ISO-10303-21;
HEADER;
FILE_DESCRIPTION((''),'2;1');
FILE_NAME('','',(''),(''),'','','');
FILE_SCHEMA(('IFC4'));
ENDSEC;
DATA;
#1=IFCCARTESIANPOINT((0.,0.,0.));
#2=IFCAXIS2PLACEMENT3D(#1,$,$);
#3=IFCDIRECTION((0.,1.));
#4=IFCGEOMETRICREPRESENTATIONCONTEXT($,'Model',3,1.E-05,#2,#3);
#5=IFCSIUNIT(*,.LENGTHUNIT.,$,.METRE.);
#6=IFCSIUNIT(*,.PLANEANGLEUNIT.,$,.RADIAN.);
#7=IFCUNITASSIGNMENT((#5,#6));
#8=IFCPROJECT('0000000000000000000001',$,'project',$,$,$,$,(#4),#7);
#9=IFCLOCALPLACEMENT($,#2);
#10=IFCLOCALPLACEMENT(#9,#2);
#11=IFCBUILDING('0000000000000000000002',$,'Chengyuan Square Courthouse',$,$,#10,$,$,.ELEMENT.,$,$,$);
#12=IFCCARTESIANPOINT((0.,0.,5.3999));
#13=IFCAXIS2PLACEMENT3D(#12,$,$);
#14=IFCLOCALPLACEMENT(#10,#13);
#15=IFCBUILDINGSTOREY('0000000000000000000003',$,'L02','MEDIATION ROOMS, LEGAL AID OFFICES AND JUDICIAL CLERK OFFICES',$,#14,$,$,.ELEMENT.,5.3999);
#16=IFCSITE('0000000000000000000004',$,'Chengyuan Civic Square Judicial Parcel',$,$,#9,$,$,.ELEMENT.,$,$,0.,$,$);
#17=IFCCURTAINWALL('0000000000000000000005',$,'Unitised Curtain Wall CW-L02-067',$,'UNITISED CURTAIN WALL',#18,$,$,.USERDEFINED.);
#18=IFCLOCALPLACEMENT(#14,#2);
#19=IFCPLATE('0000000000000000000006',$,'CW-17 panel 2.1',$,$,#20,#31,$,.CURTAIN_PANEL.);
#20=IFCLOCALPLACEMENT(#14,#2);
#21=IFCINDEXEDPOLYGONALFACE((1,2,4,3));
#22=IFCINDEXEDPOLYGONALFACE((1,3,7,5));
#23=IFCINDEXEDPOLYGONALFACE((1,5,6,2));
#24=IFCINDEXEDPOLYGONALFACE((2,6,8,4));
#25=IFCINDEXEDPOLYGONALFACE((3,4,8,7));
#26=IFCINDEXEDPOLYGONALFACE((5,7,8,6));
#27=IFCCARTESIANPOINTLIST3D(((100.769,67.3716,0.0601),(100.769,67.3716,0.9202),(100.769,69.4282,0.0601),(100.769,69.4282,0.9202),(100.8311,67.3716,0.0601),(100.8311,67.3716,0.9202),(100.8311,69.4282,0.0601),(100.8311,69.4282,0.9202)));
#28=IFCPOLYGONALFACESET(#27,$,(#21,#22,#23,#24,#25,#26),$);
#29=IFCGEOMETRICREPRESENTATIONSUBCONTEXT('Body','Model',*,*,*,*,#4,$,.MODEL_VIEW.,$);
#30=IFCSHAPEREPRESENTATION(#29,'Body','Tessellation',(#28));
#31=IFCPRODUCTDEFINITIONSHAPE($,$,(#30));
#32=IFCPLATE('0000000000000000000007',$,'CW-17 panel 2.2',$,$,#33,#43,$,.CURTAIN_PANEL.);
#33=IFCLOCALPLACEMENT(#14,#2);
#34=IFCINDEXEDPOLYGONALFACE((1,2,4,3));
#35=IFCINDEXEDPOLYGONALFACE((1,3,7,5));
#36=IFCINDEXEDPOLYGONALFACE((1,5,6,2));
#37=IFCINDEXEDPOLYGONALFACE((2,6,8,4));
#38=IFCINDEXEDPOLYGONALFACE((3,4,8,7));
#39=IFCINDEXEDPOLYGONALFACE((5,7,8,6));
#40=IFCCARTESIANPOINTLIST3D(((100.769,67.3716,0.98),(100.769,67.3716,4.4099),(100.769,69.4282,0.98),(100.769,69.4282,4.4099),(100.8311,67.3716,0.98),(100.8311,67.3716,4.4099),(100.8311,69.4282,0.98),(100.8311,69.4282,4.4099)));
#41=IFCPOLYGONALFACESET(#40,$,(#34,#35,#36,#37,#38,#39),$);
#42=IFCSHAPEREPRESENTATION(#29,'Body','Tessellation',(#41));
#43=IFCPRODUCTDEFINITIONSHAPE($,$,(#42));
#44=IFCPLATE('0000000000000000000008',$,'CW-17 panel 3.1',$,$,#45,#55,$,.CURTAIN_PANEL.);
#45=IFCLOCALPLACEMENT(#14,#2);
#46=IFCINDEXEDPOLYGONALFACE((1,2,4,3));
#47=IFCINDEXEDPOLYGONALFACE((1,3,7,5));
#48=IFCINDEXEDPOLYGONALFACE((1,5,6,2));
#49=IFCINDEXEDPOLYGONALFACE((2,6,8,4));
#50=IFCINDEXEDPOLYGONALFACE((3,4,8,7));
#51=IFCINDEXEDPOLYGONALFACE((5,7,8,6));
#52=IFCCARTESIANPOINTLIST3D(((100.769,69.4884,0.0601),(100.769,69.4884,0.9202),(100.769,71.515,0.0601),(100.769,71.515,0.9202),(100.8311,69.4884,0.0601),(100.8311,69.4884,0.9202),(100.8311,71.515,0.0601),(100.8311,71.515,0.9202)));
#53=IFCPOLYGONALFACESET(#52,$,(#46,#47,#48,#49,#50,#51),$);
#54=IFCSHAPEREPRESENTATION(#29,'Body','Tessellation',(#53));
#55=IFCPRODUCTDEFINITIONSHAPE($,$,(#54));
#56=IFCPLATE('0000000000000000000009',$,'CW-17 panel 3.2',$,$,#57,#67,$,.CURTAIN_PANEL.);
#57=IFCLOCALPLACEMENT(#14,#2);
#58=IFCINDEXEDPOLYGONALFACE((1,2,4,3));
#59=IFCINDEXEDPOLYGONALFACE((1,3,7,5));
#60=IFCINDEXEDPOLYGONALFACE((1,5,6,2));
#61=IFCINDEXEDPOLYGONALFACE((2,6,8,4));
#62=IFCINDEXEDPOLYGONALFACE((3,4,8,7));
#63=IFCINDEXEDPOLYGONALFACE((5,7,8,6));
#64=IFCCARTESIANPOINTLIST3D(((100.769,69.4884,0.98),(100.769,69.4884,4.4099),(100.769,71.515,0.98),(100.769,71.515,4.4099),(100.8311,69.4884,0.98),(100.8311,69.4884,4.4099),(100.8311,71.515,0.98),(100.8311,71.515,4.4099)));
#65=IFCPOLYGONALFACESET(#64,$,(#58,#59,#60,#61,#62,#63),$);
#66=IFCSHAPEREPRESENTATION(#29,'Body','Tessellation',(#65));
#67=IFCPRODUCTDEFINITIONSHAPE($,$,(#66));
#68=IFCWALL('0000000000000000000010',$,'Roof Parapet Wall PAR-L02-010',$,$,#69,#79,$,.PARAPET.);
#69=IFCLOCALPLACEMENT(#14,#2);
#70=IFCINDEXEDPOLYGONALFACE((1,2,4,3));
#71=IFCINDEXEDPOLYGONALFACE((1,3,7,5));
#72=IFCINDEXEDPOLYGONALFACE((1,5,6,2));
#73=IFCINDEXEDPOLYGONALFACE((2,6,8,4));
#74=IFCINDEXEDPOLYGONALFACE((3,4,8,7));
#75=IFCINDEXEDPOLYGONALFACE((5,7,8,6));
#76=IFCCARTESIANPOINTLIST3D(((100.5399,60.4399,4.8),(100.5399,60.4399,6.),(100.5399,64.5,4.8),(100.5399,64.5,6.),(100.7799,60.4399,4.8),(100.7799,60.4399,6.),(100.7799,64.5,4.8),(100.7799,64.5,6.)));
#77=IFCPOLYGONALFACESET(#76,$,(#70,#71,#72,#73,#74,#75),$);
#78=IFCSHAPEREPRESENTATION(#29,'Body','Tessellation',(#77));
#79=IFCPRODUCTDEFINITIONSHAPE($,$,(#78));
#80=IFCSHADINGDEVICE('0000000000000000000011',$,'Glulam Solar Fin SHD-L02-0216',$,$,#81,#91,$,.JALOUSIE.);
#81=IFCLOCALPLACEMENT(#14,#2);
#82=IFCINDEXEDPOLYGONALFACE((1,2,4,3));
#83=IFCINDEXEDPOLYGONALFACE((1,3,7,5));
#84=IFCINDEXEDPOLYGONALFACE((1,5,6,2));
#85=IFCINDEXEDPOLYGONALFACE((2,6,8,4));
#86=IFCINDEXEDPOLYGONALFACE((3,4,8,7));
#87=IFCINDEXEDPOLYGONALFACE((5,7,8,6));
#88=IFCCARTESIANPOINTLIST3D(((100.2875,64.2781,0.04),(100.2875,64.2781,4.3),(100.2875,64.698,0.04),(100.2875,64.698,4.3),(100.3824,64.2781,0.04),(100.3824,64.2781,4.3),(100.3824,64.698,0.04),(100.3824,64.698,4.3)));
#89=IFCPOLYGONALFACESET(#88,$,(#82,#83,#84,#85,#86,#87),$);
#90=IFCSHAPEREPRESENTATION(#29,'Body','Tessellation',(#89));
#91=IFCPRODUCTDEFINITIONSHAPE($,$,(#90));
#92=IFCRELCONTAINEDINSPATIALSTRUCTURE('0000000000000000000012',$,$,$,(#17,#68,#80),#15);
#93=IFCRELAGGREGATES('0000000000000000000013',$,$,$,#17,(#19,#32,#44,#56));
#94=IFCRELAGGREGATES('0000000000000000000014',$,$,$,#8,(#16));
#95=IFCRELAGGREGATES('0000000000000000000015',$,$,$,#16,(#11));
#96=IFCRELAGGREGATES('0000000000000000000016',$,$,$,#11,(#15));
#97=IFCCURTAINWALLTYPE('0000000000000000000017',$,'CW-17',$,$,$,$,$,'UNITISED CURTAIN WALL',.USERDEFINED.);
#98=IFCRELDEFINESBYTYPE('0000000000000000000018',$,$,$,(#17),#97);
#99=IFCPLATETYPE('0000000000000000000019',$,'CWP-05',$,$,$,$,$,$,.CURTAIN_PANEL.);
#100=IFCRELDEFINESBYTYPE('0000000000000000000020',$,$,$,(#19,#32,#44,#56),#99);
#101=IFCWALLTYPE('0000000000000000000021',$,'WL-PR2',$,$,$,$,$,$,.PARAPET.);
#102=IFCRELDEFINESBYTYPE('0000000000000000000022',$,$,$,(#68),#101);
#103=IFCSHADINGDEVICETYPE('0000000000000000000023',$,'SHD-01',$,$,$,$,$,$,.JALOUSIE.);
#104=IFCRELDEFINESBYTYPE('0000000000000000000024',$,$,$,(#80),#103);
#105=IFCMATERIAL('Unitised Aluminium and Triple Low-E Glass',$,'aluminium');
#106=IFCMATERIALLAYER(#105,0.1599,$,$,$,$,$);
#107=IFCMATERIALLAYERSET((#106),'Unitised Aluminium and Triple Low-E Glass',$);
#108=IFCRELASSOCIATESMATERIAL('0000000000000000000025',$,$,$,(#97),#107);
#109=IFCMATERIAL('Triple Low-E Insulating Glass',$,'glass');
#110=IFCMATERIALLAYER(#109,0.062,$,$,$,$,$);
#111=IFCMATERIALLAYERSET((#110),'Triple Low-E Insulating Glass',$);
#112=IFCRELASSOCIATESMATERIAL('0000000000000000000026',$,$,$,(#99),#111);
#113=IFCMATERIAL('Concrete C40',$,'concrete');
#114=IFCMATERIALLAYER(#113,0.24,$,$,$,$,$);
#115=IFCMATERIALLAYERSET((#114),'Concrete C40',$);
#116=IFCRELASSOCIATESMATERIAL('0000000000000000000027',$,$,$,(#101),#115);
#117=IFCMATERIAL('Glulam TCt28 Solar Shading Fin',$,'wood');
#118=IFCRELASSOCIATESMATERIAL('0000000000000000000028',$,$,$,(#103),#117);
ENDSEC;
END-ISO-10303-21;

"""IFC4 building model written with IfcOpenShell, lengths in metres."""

from ifc_helpers import new_model, si_unit, direction, frame, frame_2d, origin, origin_2d, place, context, subcontext, project, spatial, rectangle, extrude, material, layer, layer_set, type_object, element, aggregate, save


model = new_model("IFC4")

# Units and contexts
model_context = context("Model", 3, precision=1e-05, world=origin(), true_north=direction((0.0, 1.0)))
body_context = subcontext(model_context, "Body", "Model", "MODEL_VIEW")
ifc_project = project(units=[si_unit("LENGTHUNIT", "METRE"), si_unit("PLANEANGLEUNIT", "RADIAN")], contexts=[model_context])

# Site, building, storey
site_placement = place(None, origin())
site = spatial("IfcSite", under=ifc_project, at=site_placement, Name="Chengyuan Civic Square Judicial Parcel", CompositionType="ELEMENT", RefElevation=0.0)
building_placement = place(site_placement, origin())
building = spatial("IfcBuilding", under=site, at=building_placement, Name="Chengyuan Square Courthouse", CompositionType="ELEMENT")
storey_placement = place(building_placement, frame((0.0, 0.0, 5.3999)))
storey = spatial("IfcBuildingStorey", under=building, at=storey_placement, Name="L02", Description="MEDIATION ROOMS, LEGAL AID OFFICES AND JUDICIAL CLERK OFFICES", CompositionType="ELEMENT", Elevation=5.3999)

# Shared definitions
ifc_material_1 = material(Name="Concrete C40", Category="concrete")

# Curtain wall
ifc_material_2 = material(Name="Unitised Aluminium and Triple Low-E Glass", Category="aluminium")
ifc_layer_1 = layer(ifc_material_2, 0.1599)
ifc_layer_set_1 = layer_set([ifc_layer_1], Name="Unitised Aluminium and Triple Low-E Glass")
curtain_wall_type_1 = type_object("IfcCurtainWallType", Name="CW-17", ElementType="UNITISED CURTAIN WALL", PredefinedType="USERDEFINED", material=ifc_layer_set_1)
curtain_wall_1_placement = place(storey_placement, origin())
curtain_wall_1 = element("IfcCurtainWall", 1, at=curtain_wall_1_placement, inside=storey, type_object=curtain_wall_type_1, Name="Unitised Curtain Wall CW-L02-067", ObjectType="UNITISED CURTAIN WALL", PredefinedType="USERDEFINED")

# Plates
ifc_material_3 = material(Name="Triple Low-E Insulating Glass", Category="glass")
ifc_layer_2 = layer(ifc_material_3, 0.062)
ifc_layer_set_2 = layer_set([ifc_layer_2], Name="Triple Low-E Insulating Glass")
plate_type_1 = type_object("IfcPlateType", Name="CWP-05", PredefinedType="CURTAIN_PANEL", material=ifc_layer_set_2)
plate_1_placement = place(storey_placement, frame((100.8, 68.3999, 0.0601), z_axis=(0.0, 0.0, 1.0), x_axis=(0.0, 1.0, 0.0)))
plate_1 = element("IfcPlate", 2, at=plate_1_placement, type_object=plate_type_1, Name="CW-17 panel 2.1", PredefinedType="CURTAIN_PANEL", context=body_context, shape_type="SweptSolid", body=[
    extrude(rectangle(XDim=2.0566, YDim=0.062, at=origin_2d()), origin(), (0.0, 0.0, 1.0), 0.8601),
])
plate_2_placement = place(storey_placement, frame((100.8, 68.3999, 0.98), z_axis=(0.0, 0.0, 1.0), x_axis=(0.0, 1.0, 0.0)))
plate_2 = element("IfcPlate", 3, at=plate_2_placement, type_object=plate_type_1, Name="CW-17 panel 2.2", PredefinedType="CURTAIN_PANEL", context=body_context, shape_type="SweptSolid", body=[
    extrude(rectangle(XDim=2.0566, YDim=0.062, at=origin_2d()), origin(), (0.0, 0.0, 1.0), 3.4299),
])
plate_3_placement = place(storey_placement, frame((100.8, 70.5017, 0.0601), z_axis=(0.0, 0.0, 1.0), x_axis=(0.0, 1.0, 0.0)))
plate_3 = element("IfcPlate", 4, at=plate_3_placement, type_object=plate_type_1, Name="CW-17 panel 3.1", PredefinedType="CURTAIN_PANEL", context=body_context, shape_type="SweptSolid", body=[
    extrude(rectangle(XDim=2.0266, YDim=0.062, at=origin_2d()), origin(), (0.0, 0.0, 1.0), 0.8601),
])
plate_4_placement = place(storey_placement, frame((100.8, 70.5017, 0.98), z_axis=(0.0, 0.0, 1.0), x_axis=(0.0, 1.0, 0.0)))
plate_4 = element("IfcPlate", 5, at=plate_4_placement, type_object=plate_type_1, Name="CW-17 panel 3.2", PredefinedType="CURTAIN_PANEL", context=body_context, shape_type="SweptSolid", body=[
    extrude(rectangle(XDim=2.0266, YDim=0.062, at=origin_2d()), origin(), (0.0, 0.0, 1.0), 3.4299),
])
aggregate(curtain_wall_1, [plate_1, plate_2, plate_3, plate_4])

# Wall
ifc_layer_3 = layer(ifc_material_1, 0.24)
ifc_layer_set_3 = layer_set([ifc_layer_3], Name="Concrete C40")
wall_type = type_object("IfcWallType", Name="WL-PR2", PredefinedType="PARAPET", material=ifc_layer_set_3)
wall_placement = place(storey_placement, frame((100.6599, 60.4399, 4.8), z_axis=(0.0, 0.0, 1.0), x_axis=(0.0, 1.0, 0.0)))
element("IfcWall", 6, at=wall_placement, inside=storey, type_object=wall_type, Name="Roof Parapet Wall PAR-L02-010", PredefinedType="PARAPET", context=body_context, shape_type="SweptSolid", body=[
    extrude(rectangle(XDim=4.0601, YDim=0.24, at=frame_2d((2.03, 0.0))), origin(), (0.0, 0.0, 1.0), 1.2),
])

# Shading device
ifc_material_4 = material(Name="Glulam TCt28 Solar Shading Fin", Category="wood")
shading_device_type = type_object("IfcShadingDeviceType", Name="SHD-01", PredefinedType="JALOUSIE", material=ifc_material_4)
shading_device_placement = place(storey_placement, frame((100.335, 64.488, 0.04), z_axis=(0.0, 0.0, 1.0), x_axis=(0.0, 1.0, 0.0)))
element("IfcShadingDevice", 7, at=shading_device_placement, inside=storey, type_object=shading_device_type, Name="Glulam Solar Fin SHD-L02-0216", PredefinedType="JALOUSIE", context=body_context, shape_type="SweptSolid", body=[
    extrude(rectangle(XDim=0.4199, YDim=0.095, at=origin_2d()), origin(), (0.0, 0.0, 1.0), 4.26),
])

save(model, "model.ifc")
